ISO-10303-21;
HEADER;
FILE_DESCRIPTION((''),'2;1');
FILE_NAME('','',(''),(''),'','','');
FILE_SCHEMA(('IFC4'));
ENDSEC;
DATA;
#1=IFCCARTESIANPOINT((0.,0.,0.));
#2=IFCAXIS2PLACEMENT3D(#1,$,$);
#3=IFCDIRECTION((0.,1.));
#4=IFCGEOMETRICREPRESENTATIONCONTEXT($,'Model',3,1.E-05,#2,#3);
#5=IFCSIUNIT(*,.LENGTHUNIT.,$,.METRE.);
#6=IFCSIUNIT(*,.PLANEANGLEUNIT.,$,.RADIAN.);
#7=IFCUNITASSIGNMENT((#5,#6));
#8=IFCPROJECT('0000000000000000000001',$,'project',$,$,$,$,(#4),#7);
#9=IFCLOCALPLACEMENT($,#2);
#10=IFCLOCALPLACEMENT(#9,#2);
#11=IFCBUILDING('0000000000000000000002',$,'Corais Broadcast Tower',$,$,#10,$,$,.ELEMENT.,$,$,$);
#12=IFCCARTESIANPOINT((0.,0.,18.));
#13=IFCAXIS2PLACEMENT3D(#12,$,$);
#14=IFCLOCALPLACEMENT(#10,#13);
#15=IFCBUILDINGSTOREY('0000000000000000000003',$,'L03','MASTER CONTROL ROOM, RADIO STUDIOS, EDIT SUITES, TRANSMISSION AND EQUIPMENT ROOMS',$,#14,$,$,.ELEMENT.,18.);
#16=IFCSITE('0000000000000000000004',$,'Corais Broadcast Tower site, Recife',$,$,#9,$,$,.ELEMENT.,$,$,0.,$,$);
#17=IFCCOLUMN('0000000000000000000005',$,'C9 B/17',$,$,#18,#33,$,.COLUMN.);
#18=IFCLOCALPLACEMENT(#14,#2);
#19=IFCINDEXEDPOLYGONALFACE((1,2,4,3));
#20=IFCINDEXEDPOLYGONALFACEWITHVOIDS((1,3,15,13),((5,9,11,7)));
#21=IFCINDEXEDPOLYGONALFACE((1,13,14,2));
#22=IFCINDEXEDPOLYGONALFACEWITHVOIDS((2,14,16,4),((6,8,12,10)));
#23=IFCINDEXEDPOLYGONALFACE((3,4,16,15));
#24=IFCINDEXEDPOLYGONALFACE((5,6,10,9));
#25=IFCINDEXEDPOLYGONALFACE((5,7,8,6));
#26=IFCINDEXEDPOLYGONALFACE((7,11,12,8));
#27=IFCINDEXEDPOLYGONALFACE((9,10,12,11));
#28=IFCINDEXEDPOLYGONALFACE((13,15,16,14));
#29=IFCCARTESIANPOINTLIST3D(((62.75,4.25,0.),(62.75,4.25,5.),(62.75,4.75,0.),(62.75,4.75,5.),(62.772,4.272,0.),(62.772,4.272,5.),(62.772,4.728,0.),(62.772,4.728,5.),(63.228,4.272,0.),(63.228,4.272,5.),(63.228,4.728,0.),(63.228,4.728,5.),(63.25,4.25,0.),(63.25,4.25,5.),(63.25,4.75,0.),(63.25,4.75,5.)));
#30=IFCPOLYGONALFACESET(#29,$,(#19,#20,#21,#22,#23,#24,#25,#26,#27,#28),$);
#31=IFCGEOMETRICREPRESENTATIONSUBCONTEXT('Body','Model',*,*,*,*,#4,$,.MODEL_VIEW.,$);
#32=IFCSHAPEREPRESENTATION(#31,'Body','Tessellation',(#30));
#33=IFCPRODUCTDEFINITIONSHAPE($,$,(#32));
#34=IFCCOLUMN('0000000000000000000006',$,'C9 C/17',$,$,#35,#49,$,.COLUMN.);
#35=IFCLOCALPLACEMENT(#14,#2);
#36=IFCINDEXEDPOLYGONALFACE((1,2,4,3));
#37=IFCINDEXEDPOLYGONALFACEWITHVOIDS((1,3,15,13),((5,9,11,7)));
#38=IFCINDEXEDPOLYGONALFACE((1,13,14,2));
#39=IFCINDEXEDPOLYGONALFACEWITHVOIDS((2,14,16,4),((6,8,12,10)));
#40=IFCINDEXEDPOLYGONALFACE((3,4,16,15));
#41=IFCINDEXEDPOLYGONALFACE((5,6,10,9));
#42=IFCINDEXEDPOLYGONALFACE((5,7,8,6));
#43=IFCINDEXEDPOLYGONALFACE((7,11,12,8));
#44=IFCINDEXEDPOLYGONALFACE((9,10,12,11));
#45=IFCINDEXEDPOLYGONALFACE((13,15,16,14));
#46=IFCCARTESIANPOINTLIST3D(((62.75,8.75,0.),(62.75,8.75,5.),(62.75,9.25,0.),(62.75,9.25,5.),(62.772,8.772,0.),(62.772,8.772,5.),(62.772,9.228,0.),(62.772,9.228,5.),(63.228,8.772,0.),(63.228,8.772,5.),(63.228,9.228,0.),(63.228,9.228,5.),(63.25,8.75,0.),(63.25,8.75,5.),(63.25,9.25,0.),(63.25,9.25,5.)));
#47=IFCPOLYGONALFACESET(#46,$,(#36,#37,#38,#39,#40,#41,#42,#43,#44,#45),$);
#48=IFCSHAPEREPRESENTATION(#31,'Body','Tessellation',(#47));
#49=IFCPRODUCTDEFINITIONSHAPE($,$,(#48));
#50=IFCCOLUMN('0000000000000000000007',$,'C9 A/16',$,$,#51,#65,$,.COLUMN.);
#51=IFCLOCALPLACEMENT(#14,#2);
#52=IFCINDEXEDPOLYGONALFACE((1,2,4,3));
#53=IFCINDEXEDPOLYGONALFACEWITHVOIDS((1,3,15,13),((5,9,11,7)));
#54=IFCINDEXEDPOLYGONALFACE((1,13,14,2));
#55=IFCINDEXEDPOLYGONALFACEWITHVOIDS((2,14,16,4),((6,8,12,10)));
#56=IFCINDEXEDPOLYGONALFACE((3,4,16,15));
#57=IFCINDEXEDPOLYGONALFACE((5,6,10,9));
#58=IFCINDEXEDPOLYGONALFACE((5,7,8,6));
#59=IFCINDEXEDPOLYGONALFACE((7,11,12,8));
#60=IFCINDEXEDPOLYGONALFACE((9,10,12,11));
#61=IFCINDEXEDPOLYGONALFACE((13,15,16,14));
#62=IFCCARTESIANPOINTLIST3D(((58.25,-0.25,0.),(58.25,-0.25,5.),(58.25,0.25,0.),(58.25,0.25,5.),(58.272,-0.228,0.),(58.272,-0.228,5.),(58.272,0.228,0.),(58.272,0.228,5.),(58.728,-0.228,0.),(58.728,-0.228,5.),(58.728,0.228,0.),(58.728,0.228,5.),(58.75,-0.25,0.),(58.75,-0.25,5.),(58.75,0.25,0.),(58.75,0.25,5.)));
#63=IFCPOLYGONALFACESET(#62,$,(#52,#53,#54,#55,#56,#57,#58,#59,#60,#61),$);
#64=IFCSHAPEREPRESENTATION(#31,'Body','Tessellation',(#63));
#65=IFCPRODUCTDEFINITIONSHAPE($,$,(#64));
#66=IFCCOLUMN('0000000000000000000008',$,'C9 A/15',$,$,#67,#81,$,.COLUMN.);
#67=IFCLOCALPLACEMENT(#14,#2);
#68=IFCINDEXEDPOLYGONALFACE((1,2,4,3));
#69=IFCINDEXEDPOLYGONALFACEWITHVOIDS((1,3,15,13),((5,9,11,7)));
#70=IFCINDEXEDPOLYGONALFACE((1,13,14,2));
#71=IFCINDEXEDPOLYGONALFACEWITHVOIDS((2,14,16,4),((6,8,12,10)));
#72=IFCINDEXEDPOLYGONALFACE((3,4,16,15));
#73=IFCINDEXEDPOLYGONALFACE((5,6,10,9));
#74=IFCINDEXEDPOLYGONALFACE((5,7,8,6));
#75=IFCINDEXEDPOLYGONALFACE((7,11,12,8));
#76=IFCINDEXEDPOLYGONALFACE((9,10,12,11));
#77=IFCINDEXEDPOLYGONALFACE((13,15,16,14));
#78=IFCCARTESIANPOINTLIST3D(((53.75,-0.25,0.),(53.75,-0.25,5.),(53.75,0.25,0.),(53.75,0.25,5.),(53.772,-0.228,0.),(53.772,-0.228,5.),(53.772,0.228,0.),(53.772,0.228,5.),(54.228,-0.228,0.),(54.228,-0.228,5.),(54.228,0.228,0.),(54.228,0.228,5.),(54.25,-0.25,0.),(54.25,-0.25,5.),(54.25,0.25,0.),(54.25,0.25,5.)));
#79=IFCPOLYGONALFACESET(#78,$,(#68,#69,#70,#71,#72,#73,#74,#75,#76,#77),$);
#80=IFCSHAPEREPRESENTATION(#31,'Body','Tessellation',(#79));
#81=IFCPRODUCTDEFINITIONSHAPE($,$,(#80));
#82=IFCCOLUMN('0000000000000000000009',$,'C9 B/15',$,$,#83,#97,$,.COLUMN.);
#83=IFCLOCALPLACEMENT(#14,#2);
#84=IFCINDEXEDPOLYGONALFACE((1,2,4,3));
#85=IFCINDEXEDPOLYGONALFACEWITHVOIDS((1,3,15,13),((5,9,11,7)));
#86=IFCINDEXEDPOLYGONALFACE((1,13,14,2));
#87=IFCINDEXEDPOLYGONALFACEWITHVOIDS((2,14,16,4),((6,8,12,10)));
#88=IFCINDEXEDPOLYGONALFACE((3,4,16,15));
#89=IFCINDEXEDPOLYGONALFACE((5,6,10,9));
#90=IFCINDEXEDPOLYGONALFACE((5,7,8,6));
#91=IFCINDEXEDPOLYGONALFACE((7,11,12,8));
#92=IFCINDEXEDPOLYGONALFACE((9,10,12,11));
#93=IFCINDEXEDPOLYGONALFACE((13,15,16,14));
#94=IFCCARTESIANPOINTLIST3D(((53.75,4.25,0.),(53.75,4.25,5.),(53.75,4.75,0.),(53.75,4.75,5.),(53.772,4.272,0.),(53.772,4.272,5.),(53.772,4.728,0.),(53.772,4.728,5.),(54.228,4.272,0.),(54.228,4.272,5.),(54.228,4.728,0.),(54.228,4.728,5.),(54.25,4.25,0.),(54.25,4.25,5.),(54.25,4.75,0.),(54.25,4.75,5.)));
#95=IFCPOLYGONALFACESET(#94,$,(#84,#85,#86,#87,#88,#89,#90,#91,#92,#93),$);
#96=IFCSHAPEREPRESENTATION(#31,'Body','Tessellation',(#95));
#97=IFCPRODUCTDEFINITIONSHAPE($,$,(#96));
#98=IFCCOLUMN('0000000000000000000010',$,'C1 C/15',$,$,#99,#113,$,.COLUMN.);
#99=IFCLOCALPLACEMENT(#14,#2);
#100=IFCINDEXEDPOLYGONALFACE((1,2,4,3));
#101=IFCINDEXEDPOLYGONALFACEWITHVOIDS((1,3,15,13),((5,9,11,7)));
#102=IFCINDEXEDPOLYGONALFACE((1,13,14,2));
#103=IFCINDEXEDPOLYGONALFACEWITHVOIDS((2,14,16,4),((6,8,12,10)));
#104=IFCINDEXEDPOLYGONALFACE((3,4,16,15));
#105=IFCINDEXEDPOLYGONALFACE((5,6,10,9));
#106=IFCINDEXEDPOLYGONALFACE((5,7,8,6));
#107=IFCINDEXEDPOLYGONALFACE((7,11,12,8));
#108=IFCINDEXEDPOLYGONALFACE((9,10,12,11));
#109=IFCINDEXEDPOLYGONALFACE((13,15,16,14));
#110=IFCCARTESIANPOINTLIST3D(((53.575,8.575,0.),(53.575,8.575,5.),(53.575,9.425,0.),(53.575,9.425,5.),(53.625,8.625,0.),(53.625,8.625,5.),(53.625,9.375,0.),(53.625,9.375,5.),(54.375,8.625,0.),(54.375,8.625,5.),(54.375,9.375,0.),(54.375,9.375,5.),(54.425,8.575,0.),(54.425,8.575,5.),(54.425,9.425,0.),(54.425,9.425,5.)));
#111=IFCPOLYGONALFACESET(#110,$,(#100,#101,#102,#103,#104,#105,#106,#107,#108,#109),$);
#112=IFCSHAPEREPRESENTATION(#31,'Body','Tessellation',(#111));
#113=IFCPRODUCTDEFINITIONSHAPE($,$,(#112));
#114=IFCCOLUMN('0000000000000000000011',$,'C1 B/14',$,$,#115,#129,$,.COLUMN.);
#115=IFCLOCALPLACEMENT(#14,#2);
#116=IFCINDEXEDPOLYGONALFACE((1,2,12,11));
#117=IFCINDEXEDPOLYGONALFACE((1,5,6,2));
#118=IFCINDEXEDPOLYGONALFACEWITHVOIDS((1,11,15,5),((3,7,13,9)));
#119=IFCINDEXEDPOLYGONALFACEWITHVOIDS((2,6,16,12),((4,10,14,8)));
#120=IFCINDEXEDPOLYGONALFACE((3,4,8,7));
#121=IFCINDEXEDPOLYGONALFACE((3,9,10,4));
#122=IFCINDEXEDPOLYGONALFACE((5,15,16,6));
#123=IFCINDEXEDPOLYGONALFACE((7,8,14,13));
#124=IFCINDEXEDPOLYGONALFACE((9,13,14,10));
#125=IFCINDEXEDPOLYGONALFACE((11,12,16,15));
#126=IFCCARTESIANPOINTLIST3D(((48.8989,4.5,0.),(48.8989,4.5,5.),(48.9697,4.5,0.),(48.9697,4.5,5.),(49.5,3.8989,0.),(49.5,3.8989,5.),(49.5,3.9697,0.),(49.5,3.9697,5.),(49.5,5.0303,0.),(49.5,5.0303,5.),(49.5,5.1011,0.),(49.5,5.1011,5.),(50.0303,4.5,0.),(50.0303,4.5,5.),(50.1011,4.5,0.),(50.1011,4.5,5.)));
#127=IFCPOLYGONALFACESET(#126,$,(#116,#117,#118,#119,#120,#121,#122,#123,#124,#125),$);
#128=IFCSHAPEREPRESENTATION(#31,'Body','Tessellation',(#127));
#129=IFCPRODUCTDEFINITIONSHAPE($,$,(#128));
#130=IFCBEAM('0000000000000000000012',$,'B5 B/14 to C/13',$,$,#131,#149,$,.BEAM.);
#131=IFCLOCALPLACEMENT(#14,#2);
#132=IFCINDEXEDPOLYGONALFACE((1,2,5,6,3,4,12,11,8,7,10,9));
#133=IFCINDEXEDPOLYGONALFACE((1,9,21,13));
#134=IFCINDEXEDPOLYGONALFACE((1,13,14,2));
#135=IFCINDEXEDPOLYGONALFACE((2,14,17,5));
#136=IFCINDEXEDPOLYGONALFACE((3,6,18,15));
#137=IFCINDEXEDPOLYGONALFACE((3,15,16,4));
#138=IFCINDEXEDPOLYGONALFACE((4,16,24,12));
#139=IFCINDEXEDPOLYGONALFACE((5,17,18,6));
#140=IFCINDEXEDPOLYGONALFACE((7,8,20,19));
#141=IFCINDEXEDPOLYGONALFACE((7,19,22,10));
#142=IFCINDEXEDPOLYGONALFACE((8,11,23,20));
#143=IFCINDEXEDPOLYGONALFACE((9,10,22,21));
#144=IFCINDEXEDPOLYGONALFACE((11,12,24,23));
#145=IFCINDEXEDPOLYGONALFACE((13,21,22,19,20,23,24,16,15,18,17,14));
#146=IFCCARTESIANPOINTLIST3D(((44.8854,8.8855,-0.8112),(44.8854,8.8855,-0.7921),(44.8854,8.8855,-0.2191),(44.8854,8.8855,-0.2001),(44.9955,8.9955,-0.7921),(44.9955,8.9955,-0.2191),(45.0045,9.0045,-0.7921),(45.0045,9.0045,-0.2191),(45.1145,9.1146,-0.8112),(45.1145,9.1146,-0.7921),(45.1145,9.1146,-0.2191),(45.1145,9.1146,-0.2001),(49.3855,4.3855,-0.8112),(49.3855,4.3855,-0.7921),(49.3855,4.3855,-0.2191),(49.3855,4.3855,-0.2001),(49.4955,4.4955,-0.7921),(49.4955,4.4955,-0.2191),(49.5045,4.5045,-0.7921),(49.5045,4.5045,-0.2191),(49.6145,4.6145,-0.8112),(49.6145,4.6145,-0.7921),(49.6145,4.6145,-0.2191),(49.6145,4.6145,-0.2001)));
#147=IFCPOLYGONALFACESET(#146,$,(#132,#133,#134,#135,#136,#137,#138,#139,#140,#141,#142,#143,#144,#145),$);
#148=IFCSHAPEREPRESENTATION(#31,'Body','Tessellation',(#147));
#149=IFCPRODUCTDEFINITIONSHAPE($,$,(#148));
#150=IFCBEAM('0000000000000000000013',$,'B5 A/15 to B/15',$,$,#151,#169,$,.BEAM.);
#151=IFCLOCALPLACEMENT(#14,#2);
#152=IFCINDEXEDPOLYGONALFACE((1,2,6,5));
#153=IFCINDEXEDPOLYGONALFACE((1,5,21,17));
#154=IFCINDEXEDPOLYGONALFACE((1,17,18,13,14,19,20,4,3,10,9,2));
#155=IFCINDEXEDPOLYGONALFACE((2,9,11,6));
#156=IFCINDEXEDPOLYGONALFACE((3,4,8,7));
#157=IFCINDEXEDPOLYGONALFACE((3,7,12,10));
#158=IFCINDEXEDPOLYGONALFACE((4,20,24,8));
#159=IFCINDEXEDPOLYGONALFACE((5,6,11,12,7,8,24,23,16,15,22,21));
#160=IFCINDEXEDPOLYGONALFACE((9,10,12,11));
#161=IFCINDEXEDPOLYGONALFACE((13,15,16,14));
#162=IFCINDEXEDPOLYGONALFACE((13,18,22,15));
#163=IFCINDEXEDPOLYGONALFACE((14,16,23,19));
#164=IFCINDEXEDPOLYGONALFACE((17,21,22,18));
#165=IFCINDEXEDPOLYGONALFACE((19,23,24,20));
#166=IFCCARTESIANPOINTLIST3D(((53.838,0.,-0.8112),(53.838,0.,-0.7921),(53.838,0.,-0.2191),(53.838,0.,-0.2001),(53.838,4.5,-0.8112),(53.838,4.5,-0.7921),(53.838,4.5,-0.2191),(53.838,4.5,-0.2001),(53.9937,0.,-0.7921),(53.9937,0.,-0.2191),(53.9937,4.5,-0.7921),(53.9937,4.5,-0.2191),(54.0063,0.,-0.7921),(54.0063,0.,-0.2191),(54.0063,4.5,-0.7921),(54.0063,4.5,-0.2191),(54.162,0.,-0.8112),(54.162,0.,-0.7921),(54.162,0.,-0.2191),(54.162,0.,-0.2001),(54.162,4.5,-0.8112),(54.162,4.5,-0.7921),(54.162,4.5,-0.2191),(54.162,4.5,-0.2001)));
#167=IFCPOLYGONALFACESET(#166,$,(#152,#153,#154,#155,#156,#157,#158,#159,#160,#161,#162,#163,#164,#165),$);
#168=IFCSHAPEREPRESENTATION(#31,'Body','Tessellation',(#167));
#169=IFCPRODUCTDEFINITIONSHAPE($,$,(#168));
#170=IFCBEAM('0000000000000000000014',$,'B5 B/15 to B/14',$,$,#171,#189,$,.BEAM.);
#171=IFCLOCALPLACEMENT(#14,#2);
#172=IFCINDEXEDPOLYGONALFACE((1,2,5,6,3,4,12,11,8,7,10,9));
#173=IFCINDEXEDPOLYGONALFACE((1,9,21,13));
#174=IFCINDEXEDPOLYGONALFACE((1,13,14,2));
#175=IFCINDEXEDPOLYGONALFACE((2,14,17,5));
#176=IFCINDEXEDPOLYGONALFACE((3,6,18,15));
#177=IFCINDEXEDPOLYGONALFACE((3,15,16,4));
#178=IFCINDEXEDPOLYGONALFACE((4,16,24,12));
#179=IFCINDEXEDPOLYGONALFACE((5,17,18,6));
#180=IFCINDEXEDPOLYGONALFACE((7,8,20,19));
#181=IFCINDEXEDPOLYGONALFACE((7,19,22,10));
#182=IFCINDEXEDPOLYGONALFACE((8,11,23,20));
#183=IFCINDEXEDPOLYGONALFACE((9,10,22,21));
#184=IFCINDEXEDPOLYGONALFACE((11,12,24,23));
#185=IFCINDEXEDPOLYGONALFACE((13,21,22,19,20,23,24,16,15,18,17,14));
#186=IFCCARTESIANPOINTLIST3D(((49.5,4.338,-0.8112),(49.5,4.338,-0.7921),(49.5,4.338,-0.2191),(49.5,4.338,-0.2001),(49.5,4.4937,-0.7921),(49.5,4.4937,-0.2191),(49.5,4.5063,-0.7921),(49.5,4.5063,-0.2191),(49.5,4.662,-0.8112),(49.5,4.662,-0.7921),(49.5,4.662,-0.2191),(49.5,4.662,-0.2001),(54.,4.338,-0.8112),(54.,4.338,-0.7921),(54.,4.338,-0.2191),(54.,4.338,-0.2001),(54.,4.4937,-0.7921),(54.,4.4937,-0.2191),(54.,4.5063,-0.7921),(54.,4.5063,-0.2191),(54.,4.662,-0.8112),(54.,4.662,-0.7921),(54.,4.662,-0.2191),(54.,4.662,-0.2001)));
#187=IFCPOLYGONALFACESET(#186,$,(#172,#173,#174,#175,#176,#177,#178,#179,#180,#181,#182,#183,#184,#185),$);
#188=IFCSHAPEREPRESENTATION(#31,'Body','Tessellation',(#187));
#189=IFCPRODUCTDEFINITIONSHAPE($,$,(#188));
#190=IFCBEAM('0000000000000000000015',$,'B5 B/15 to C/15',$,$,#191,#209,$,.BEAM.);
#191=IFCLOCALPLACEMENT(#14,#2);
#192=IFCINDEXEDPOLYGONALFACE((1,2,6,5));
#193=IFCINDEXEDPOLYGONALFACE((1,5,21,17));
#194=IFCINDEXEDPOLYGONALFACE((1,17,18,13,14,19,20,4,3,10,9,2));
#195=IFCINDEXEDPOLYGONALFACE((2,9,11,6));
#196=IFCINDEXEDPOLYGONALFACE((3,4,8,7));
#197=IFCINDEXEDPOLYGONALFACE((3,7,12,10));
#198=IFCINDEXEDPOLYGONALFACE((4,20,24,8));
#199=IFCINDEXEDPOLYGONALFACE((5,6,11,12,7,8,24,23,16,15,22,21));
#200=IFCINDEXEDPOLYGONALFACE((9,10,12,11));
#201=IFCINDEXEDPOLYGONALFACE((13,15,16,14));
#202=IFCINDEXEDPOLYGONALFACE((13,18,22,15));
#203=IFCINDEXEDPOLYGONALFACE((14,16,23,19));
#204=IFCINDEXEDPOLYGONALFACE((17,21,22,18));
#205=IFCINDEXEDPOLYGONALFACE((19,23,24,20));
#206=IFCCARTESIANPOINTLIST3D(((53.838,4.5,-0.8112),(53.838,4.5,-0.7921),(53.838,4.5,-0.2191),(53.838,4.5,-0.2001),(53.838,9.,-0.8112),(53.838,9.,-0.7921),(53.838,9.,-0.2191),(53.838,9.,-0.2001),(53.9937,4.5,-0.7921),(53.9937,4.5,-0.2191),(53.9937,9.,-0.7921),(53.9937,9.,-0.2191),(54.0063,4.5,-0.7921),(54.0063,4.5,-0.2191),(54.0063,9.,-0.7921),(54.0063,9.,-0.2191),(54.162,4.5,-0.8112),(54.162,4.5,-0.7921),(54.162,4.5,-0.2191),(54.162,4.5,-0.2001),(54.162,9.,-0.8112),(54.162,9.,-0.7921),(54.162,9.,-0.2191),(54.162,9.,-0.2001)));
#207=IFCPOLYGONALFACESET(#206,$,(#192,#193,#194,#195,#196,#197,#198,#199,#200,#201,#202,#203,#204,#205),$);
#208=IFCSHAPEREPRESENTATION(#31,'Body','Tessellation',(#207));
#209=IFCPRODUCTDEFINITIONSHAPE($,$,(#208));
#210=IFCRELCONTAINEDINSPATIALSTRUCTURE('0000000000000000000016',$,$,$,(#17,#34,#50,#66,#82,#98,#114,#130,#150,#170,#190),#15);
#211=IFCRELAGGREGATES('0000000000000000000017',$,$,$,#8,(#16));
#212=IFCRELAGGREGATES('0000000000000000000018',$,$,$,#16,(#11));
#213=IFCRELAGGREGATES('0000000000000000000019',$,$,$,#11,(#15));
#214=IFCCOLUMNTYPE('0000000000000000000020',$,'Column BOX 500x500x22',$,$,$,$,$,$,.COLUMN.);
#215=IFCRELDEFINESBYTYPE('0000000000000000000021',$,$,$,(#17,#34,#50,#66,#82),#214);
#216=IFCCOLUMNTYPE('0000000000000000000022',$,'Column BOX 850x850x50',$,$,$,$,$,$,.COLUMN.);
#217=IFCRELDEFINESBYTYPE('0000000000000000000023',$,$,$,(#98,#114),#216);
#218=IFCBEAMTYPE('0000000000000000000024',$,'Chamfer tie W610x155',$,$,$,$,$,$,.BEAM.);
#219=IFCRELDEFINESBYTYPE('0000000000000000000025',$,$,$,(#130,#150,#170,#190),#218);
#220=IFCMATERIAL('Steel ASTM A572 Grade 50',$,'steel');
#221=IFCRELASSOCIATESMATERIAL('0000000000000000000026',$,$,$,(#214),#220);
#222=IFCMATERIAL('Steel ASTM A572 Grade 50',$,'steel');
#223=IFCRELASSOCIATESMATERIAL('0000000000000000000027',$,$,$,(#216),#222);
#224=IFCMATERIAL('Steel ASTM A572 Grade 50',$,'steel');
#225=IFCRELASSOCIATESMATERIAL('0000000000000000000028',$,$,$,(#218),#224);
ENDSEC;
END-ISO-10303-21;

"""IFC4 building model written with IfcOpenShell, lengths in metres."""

from ifc_helpers import new_model, si_unit, direction, frame, origin, origin_2d, place, context, subcontext, project, spatial, hollow_rectangle, i_section, extrude, material, material_profile, profile_set, type_object, element, save


model = new_model("IFC4")

# Units and contexts
model_context = context("Model", 3, precision=1e-05, world=origin(), true_north=direction((0.0, 1.0)))
body_context = subcontext(model_context, "Body", "Model", "MODEL_VIEW")
ifc_project = project(units=[si_unit("LENGTHUNIT", "METRE"), si_unit("PLANEANGLEUNIT", "RADIAN")], contexts=[model_context])

# Site, building, storey
site_placement = place(None, origin())
site = spatial("IfcSite", under=ifc_project, at=site_placement, Name="Corais Broadcast Tower site, Recife", CompositionType="ELEMENT", RefElevation=0.0)
building_placement = place(site_placement, origin())
building = spatial("IfcBuilding", under=site, at=building_placement, Name="Corais Broadcast Tower", CompositionType="ELEMENT")
storey_placement = place(building_placement, frame((0.0, 0.0, 18.0)))
storey = spatial("IfcBuildingStorey", under=building, at=storey_placement, Name="L03", Description="MASTER CONTROL ROOM, RADIO STUDIOS, EDIT SUITES, TRANSMISSION AND EQUIPMENT ROOMS", CompositionType="ELEMENT", Elevation=18.0)

# Columns
ifc_material_1 = material(Name="Steel ASTM A572 Grade 50", Category="steel")
ifc_material_profile_1 = material_profile(ifc_material_1, hollow_rectangle(XDim=0.5, YDim=0.5, WallThickness=0.022, at=origin_2d()), Name="BOX 500x500x22")
ifc_profile_set_1 = profile_set([ifc_material_profile_1], Name="Steel ASTM A572 Grade 50")
column_type_1 = type_object("IfcColumnType", Name="Column BOX 500x500x22", PredefinedType="COLUMN", material=ifc_profile_set_1)
for number, where, z_axis, x_axis, name in (
    (1, (63.0, 4.5, 0.0), (0.0, 0.0, 1.0), (1.0, 0.0, 0.0), "C9 B/17"),
    (2, (63.0, 9.0, 0.0), (0.0, 0.0, 1.0), (1.0, 0.0, 0.0), "C9 C/17"),
    (3, (58.5, 0.0, 0.0), (0.0, 0.0, 1.0), (1.0, 0.0, 0.0), "C9 A/16"),
    (4, (54.0, 0.0, 0.0), (0.0, 0.0, 1.0), (1.0, 0.0, 0.0), "C9 A/15"),
    (5, (54.0, 4.5, 0.0), (0.0, 0.0, 1.0), (1.0, 0.0, 0.0), "C9 B/15"),
):
    element("IfcColumn", number, at=place(storey_placement, frame(where, z_axis=z_axis, x_axis=x_axis)), inside=storey, type_object=column_type_1, Name=name, PredefinedType="COLUMN", context=body_context, shape_type="SweptSolid", body=[
        extrude(hollow_rectangle(XDim=0.5, YDim=0.5, WallThickness=0.022, at=origin_2d()), origin(), (0.0, 0.0, 1.0), 5.0),
    ])
ifc_material_2 = material(Name="Steel ASTM A572 Grade 50", Category="steel")
ifc_material_profile_2 = material_profile(ifc_material_2, hollow_rectangle(XDim=0.8501, YDim=0.8501, WallThickness=0.05, at=origin_2d()), Name="BOX 850x850x50")
ifc_profile_set_2 = profile_set([ifc_material_profile_2], Name="Steel ASTM A572 Grade 50")
column_type_2 = type_object("IfcColumnType", Name="Column BOX 850x850x50", PredefinedType="COLUMN", material=ifc_profile_set_2)
for number, where, z_axis, x_axis, name in (
    (6, (54.0, 9.0, 0.0), (0.0, 0.0, 1.0), (1.0, 0.0, 0.0), "C1 C/15"),
    (7, (49.5, 4.5, 0.0), (0.0, 0.0, 1.0), (0.707107, 0.707107, 0.0), "C1 B/14"),
):
    element("IfcColumn", number, at=place(storey_placement, frame(where, z_axis=z_axis, x_axis=x_axis)), inside=storey, type_object=column_type_2, Name=name, PredefinedType="COLUMN", context=body_context, shape_type="SweptSolid", body=[
        extrude(hollow_rectangle(XDim=0.8501, YDim=0.8501, WallThickness=0.05, at=origin_2d()), origin(), (0.0, 0.0, 1.0), 5.0),
    ])

# Beams
ifc_material_3 = material(Name="Steel ASTM A572 Grade 50", Category="steel")
ifc_material_profile_3 = material_profile(ifc_material_3, i_section(OverallWidth=0.324, OverallDepth=0.6111, WebThickness=0.0127, FlangeThickness=0.019, at=origin_2d()), Name="W610x155")
ifc_profile_set_3 = profile_set([ifc_material_profile_3], Name="Steel ASTM A572 Grade 50")
beam_type_1 = type_object("IfcBeamType", Name="Chamfer tie W610x155", PredefinedType="BEAM", material=ifc_profile_set_3)
beam_1_placement = place(storey_placement, frame((49.5, 4.5, -0.5056), z_axis=(-0.707107, 0.707107, 0.0), x_axis=(-0.707107, -0.707107, 0.0)))
element("IfcBeam", 8, at=beam_1_placement, inside=storey, type_object=beam_type_1, Name="B5 B/14 to C/13", PredefinedType="BEAM", context=body_context, shape_type="SweptSolid", body=[
    extrude(i_section(OverallWidth=0.324, OverallDepth=0.6111, WebThickness=0.0127, FlangeThickness=0.019, at=origin_2d()), origin(), (0.0, 0.0, 1.0), 6.364),
])
for number, where, z_axis, x_axis, name in (
    (9, (54.0, 0.0, -0.5056), (0.0, 1.0, 0.0), (-1.0, 0.0, 0.0), "B5 A/15 to B/15"),
    (10, (54.0, 4.5, -0.5056), (-1.0, 0.0, 0.0), (0.0, -1.0, 0.0), "B5 B/15 to B/14"),
    (11, (54.0, 4.5, -0.5056), (0.0, 1.0, 0.0), (-1.0, 0.0, 0.0), "B5 B/15 to C/15"),
):
    element("IfcBeam", number, at=place(storey_placement, frame(where, z_axis=z_axis, x_axis=x_axis)), inside=storey, type_object=beam_type_1, Name=name, PredefinedType="BEAM", context=body_context, shape_type="SweptSolid", body=[
        extrude(i_section(OverallWidth=0.324, OverallDepth=0.6111, WebThickness=0.0127, FlangeThickness=0.019, at=origin_2d()), origin(), (0.0, 0.0, 1.0), 4.5),
    ])

save(model, "model.ifc")
